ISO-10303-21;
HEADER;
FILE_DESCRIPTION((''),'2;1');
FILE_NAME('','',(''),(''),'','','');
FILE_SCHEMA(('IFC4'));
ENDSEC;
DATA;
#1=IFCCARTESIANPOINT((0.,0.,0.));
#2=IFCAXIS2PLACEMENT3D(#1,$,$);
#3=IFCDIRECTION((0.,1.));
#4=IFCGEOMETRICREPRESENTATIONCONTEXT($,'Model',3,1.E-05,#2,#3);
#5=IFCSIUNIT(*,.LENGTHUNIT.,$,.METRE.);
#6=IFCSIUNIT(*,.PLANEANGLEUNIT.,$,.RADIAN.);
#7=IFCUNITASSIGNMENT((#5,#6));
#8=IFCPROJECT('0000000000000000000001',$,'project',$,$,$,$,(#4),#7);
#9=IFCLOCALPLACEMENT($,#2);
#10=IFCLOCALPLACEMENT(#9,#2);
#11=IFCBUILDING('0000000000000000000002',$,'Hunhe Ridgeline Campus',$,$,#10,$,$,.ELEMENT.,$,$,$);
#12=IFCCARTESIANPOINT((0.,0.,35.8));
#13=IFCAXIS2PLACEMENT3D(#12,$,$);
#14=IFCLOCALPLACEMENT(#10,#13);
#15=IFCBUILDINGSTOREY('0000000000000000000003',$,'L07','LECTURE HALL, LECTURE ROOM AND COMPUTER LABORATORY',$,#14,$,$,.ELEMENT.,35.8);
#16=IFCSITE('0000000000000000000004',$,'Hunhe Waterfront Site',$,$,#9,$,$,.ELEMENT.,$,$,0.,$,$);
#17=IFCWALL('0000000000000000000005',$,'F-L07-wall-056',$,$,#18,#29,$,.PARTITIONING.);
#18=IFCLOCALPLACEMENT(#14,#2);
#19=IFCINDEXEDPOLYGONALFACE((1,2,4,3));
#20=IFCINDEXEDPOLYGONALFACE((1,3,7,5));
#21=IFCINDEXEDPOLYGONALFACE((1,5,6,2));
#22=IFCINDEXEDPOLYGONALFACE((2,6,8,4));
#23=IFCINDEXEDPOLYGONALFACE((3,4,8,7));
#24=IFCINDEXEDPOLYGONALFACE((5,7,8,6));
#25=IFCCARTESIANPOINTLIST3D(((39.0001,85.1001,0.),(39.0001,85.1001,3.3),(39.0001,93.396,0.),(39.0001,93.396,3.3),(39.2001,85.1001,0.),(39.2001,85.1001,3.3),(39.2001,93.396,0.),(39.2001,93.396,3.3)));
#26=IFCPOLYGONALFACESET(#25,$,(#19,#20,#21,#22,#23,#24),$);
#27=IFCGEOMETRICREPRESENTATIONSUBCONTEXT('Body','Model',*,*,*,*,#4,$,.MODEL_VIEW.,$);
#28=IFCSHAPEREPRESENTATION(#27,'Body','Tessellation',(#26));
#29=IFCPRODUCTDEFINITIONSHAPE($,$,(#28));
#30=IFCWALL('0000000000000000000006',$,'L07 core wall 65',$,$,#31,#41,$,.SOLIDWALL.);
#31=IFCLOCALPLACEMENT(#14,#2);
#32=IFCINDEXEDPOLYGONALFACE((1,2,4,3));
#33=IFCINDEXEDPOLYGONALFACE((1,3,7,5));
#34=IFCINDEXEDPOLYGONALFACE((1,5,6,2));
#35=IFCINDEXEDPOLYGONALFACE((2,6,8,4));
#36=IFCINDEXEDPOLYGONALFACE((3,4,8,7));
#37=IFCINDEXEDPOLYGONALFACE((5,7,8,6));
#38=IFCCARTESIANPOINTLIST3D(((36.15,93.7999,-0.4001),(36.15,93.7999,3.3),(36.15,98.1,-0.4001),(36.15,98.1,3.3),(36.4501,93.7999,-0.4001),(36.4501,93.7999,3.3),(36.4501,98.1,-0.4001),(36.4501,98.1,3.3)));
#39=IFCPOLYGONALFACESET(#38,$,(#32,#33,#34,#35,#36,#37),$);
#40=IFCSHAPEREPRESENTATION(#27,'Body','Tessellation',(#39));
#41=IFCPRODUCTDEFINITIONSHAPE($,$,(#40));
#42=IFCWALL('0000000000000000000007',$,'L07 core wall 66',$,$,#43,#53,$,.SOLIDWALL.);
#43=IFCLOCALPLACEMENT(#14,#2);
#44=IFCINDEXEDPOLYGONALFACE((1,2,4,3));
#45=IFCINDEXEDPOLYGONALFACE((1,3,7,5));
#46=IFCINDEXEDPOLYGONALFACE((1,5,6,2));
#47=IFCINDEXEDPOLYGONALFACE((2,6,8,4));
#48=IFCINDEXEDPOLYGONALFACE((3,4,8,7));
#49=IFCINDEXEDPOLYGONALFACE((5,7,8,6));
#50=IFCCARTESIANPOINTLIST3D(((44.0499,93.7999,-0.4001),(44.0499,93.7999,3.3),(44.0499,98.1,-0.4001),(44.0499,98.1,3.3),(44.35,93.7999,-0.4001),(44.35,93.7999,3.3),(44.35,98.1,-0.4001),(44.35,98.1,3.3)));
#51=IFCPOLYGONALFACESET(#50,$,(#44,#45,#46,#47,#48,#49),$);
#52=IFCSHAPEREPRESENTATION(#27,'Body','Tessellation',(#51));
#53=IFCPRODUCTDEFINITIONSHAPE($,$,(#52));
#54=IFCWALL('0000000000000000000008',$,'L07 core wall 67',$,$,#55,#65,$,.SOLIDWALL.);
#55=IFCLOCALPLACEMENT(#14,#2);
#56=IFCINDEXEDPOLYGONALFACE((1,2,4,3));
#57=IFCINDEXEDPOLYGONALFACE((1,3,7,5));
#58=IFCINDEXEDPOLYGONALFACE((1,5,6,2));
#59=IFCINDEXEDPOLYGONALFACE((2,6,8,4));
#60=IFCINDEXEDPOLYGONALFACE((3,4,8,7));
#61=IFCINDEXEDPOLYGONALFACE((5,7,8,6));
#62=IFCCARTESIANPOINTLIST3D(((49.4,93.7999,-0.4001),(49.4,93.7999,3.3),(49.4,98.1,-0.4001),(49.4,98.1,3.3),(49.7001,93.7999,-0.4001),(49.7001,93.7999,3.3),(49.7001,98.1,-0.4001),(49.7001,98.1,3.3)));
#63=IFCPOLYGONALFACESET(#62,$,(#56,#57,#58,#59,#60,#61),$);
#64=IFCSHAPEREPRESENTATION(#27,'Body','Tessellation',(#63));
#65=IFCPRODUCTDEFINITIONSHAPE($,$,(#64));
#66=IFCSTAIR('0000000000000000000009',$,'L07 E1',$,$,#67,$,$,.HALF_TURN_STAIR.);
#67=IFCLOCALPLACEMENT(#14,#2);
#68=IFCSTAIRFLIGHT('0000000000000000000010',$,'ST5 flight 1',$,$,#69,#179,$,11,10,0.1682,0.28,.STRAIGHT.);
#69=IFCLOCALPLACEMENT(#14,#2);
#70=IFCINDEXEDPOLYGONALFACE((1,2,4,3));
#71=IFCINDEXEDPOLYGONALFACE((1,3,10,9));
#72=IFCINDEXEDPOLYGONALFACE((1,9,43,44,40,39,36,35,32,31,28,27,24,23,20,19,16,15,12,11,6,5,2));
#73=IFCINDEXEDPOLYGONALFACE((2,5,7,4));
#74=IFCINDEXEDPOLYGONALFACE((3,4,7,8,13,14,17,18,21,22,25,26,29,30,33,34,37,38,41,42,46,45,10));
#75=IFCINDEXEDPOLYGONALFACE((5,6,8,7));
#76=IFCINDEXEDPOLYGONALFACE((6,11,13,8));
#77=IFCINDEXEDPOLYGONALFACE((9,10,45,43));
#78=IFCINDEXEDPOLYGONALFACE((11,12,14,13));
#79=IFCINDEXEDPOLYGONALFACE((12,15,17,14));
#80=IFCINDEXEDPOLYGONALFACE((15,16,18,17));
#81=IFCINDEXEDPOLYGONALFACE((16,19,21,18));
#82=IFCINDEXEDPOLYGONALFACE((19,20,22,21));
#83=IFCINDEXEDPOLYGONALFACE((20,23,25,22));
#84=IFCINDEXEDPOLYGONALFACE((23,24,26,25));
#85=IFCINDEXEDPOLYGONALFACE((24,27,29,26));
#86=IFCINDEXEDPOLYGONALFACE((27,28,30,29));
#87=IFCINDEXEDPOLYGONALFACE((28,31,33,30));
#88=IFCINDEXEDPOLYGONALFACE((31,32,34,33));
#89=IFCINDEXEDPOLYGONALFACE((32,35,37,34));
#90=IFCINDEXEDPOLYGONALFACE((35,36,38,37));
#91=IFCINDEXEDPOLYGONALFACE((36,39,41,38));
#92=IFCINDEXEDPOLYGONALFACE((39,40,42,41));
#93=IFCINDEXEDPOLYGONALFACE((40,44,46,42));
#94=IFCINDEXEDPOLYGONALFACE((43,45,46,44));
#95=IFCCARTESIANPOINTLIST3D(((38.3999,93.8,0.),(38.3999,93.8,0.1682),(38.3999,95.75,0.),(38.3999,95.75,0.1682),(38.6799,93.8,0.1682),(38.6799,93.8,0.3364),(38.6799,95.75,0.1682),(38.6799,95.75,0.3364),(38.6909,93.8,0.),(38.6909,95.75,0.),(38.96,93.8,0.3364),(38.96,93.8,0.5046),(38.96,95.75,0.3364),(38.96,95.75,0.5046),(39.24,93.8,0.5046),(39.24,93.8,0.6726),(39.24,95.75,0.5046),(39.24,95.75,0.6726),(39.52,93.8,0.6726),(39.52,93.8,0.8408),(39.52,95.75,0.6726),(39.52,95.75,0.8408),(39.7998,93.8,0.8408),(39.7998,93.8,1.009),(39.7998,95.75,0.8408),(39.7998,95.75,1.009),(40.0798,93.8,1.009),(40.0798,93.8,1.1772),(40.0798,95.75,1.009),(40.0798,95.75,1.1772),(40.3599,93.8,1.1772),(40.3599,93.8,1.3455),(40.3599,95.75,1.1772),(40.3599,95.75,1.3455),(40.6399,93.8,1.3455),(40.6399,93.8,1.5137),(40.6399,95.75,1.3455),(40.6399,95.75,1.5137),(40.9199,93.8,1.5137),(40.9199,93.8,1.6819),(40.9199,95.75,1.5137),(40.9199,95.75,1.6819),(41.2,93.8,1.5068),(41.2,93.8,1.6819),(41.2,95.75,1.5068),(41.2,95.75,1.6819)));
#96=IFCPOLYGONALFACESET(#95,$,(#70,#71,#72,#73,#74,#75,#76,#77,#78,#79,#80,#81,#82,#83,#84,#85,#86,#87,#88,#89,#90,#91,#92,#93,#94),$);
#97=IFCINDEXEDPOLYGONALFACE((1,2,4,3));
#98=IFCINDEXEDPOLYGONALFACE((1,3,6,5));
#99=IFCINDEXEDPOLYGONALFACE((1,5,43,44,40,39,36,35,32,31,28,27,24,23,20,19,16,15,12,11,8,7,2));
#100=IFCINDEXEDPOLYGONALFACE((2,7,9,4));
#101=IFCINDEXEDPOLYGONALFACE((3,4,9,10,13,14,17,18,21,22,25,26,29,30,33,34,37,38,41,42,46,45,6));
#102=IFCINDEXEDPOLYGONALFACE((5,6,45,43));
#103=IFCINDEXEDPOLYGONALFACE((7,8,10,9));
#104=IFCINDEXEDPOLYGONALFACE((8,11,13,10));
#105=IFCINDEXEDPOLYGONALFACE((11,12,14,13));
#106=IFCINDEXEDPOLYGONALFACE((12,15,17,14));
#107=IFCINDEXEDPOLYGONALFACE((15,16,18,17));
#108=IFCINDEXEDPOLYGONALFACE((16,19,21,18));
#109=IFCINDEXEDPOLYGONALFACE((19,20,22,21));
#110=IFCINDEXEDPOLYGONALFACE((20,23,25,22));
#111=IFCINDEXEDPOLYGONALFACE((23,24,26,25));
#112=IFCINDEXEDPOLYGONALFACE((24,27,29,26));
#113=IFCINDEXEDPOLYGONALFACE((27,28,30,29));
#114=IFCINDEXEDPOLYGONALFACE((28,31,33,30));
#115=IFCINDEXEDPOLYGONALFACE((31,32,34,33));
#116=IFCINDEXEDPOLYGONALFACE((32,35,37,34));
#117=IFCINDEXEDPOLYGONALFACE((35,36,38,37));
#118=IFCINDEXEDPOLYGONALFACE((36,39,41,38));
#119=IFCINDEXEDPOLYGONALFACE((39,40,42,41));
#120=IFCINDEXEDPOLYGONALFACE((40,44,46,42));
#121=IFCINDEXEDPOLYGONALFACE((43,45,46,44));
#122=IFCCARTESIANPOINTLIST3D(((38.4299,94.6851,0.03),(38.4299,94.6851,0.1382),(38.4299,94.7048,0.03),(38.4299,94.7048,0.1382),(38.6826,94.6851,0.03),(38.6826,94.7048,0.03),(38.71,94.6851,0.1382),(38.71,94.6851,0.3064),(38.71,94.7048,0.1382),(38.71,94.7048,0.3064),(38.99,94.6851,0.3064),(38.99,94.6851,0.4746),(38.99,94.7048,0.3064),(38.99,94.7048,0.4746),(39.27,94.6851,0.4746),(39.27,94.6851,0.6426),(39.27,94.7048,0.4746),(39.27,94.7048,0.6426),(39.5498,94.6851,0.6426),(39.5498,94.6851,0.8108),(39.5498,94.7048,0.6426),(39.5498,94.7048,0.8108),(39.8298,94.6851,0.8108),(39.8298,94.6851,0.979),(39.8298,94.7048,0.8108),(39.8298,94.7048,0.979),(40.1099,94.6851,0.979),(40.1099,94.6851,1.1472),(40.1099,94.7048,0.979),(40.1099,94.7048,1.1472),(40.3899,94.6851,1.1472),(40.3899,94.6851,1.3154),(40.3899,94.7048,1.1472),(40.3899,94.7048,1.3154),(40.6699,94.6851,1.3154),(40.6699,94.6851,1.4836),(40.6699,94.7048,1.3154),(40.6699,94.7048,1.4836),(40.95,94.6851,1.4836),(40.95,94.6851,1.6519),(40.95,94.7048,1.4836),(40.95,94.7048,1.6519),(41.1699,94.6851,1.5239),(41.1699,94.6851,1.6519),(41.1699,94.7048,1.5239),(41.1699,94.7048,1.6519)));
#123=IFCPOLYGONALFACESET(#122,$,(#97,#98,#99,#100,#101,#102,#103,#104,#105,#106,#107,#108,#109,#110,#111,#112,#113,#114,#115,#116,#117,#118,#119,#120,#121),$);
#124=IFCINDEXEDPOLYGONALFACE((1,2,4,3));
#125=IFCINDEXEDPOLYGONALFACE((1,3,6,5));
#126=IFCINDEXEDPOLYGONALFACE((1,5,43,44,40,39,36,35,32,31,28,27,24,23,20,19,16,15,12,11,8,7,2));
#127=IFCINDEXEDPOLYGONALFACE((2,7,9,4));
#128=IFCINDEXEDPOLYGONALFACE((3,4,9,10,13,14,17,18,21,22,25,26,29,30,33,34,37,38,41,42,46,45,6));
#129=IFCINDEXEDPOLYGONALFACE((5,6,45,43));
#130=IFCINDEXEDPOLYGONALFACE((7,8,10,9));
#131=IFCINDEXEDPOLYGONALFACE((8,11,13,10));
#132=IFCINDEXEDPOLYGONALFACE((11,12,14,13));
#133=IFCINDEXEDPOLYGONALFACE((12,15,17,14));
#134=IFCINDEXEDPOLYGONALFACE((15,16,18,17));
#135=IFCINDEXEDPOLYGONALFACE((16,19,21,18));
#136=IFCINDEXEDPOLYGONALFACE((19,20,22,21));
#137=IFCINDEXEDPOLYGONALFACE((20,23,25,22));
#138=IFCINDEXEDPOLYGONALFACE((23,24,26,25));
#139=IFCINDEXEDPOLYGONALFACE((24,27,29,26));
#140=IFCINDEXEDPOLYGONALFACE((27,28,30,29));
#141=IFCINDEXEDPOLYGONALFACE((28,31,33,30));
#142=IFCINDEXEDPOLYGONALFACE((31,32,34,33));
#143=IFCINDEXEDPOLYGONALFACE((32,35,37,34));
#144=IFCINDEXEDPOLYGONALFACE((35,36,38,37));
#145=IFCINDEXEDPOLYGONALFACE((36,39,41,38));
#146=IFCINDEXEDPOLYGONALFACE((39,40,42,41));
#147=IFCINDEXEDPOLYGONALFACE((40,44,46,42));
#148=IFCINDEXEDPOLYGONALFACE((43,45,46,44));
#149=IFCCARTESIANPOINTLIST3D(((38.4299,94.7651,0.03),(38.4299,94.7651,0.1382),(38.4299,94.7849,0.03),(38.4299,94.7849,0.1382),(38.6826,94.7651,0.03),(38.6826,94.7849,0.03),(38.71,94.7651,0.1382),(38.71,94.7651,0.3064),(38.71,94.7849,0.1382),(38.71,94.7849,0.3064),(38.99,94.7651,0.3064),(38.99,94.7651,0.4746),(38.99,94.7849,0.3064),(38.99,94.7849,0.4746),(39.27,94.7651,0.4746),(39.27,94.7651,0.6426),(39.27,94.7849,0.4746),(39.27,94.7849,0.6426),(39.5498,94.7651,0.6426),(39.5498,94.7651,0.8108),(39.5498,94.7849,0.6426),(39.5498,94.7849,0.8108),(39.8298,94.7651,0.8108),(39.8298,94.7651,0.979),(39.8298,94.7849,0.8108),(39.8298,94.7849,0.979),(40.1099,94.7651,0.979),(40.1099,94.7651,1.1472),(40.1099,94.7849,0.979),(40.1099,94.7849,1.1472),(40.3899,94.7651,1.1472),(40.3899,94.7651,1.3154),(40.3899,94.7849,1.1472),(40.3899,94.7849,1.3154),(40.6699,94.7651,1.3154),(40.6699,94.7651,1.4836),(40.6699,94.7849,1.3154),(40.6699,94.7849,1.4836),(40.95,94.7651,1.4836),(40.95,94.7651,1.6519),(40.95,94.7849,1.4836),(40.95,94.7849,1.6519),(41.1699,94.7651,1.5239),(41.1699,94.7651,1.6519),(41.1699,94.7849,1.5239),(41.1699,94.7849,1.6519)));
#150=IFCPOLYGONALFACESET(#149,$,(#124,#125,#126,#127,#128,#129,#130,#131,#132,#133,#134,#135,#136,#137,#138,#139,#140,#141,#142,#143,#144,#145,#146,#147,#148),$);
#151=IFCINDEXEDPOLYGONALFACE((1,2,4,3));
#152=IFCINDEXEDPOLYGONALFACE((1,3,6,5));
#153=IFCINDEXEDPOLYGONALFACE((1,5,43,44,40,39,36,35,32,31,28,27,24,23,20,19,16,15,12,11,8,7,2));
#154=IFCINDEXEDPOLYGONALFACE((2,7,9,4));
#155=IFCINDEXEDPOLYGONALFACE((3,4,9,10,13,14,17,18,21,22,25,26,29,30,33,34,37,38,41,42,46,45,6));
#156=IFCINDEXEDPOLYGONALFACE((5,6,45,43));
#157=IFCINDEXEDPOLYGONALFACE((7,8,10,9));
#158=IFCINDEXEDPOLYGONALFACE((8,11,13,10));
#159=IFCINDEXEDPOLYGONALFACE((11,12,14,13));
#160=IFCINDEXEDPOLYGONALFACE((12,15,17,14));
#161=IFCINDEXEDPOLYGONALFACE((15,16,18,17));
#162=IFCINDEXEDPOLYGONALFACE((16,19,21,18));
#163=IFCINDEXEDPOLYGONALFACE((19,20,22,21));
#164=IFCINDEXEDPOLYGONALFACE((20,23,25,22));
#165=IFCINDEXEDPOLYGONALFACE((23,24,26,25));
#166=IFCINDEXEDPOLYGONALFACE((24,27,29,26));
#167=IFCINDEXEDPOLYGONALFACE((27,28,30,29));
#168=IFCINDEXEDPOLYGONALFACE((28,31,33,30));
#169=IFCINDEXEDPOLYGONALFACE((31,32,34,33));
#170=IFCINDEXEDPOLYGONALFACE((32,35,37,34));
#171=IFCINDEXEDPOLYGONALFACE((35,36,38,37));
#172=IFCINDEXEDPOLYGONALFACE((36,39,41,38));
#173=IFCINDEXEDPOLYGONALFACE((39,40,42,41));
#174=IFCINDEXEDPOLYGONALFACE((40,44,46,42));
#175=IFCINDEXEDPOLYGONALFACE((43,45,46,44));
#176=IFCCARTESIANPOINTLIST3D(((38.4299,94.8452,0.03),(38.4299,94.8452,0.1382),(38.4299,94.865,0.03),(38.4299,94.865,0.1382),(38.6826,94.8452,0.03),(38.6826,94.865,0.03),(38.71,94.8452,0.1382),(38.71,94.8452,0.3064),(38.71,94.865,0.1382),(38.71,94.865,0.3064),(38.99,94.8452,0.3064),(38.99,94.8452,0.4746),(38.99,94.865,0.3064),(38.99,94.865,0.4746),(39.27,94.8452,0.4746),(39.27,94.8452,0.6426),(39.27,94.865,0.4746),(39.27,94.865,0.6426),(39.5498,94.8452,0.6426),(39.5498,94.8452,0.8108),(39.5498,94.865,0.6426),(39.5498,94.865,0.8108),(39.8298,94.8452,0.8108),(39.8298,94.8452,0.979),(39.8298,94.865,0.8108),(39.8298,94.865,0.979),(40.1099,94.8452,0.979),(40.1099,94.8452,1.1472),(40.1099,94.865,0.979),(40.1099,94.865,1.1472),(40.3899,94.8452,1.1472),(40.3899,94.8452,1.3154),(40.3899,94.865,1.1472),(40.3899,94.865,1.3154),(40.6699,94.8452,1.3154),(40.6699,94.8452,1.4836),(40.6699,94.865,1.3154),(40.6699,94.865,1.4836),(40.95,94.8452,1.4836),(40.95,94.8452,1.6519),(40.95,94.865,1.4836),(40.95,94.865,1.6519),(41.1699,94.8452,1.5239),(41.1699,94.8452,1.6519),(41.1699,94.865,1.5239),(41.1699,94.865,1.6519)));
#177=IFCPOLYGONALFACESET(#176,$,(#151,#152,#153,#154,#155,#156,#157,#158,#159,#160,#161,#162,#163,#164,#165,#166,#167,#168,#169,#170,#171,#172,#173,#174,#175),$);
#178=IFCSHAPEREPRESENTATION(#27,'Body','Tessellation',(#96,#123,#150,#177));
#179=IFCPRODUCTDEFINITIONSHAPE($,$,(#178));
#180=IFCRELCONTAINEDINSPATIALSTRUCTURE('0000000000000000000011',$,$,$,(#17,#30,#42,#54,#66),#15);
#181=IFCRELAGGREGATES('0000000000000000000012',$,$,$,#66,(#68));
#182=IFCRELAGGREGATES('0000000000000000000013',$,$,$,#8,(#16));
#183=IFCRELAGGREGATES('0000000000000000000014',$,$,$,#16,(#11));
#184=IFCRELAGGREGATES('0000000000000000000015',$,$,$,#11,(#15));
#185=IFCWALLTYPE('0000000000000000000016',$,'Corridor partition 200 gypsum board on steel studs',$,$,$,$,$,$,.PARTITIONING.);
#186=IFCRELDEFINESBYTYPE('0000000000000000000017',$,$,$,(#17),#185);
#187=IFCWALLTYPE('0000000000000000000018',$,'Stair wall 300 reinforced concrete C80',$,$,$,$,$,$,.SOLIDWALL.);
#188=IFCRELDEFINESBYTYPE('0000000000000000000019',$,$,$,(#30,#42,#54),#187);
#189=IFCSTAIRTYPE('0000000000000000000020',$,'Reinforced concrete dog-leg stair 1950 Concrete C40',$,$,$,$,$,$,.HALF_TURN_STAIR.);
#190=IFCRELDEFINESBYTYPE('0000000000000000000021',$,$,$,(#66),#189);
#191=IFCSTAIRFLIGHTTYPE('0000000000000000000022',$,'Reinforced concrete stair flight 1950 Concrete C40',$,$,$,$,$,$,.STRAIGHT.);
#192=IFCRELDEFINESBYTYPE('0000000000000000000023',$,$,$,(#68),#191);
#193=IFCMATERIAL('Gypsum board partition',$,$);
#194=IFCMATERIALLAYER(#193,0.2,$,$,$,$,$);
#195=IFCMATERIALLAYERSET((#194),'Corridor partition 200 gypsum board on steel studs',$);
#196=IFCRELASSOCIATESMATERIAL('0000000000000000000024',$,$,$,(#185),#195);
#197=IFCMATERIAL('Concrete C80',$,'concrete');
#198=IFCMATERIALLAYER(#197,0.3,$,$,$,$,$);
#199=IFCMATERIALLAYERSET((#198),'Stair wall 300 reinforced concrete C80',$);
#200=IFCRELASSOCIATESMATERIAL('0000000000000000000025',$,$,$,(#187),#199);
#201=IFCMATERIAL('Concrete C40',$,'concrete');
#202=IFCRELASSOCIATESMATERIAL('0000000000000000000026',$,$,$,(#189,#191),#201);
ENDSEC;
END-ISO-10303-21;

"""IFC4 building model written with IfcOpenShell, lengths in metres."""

from ifc_helpers import new_model, si_unit, direction, frame, frame_2d, origin, place, context, subcontext, project, spatial, polyline, rectangle, outline, extrude, material, layer, layer_set, type_object, element, aggregate, save


model = new_model("IFC4")

# Units and contexts
model_context = context("Model", 3, precision=1e-05, world=origin(), true_north=direction((0.0, 1.0)))
body_context = subcontext(model_context, "Body", "Model", "MODEL_VIEW")
ifc_project = project(units=[si_unit("LENGTHUNIT", "METRE"), si_unit("PLANEANGLEUNIT", "RADIAN")], contexts=[model_context])

# Site, building, storey
site_placement = place(None, origin())
site = spatial("IfcSite", under=ifc_project, at=site_placement, Name="Hunhe Waterfront Site", CompositionType="ELEMENT", RefElevation=0.0)
building_placement = place(site_placement, origin())
building = spatial("IfcBuilding", under=site, at=building_placement, Name="Hunhe Ridgeline Campus", CompositionType="ELEMENT")
storey_placement = place(building_placement, frame((0.0, 0.0, 35.8)))
storey = spatial("IfcBuildingStorey", under=building, at=storey_placement, Name="L07", Description="LECTURE HALL, LECTURE ROOM AND COMPUTER LABORATORY", CompositionType="ELEMENT", Elevation=35.8)

# Wall
ifc_material_1 = material(Name="Gypsum board partition")
ifc_layer_1 = layer(ifc_material_1, 0.2)
ifc_layer_set_1 = layer_set([ifc_layer_1], Name="Corridor partition 200 gypsum board on steel studs")
wall_type_1 = type_object("IfcWallType", Name="Corridor partition 200 gypsum board on steel studs", PredefinedType="PARTITIONING", material=ifc_layer_set_1)
wall_1_placement = place(storey_placement, frame((39.1001, 93.396, 0.0), z_axis=(0.0, 0.0, 1.0), x_axis=(0.0, -1.0, 0.0)))
element("IfcWall", 1, at=wall_1_placement, inside=storey, type_object=wall_type_1, Name="F-L07-wall-056", PredefinedType="PARTITIONING", context=body_context, shape_type="SweptSolid", body=[
    extrude(rectangle(XDim=8.2959, YDim=0.2, at=frame_2d((4.1479, 0.0))), origin(), (0.0, 0.0, 1.0), 3.3),
])

# Shared definitions
ifc_material_2 = material(Name="Concrete C80", Category="concrete")
ifc_layer_2 = layer(ifc_material_2, 0.3)
ifc_layer_set_2 = layer_set([ifc_layer_2], Name="Stair wall 300 reinforced concrete C80")
wall_type_2 = type_object("IfcWallType", Name="Stair wall 300 reinforced concrete C80", PredefinedType="SOLIDWALL", material=ifc_layer_set_2)

# Walls
for number, where, z_axis, x_axis, name in (
    (2, (36.3, 93.8, -0.4001), (0.0, 0.0, 1.0), (0.0, 1.0, 0.0), "L07 core wall 65"),
    (3, (44.2, 93.8, -0.4001), (0.0, 0.0, 1.0), (0.0, 1.0, 0.0), "L07 core wall 66"),
    (4, (49.55, 93.8, -0.4001), (0.0, 0.0, 1.0), (0.0, 1.0, 0.0), "L07 core wall 67"),
):
    element("IfcWall", number, at=place(storey_placement, frame(where, z_axis=z_axis, x_axis=x_axis)), inside=storey, type_object=wall_type_2, Name=name, PredefinedType="SOLIDWALL", context=body_context, shape_type="SweptSolid", body=[
        extrude(rectangle(XDim=4.3, YDim=0.3, at=frame_2d((2.1499, 0.0))), origin(), (0.0, 0.0, 1.0), 3.7002),
    ])

# Stair, stair flight
ifc_material_3 = material(Name="Concrete C40", Category="concrete")
stair_type = type_object("IfcStairType", Name="Reinforced concrete dog-leg stair 1950 Concrete C40", PredefinedType="HALF_TURN_STAIR", material=ifc_material_3)
stair_1_placement = place(storey_placement, origin())
stair_1 = element("IfcStair", 5, at=stair_1_placement, inside=storey, type_object=stair_type, Name="L07 E1", PredefinedType="HALF_TURN_STAIR")
stair_flight_type = type_object("IfcStairFlightType", Name="Reinforced concrete stair flight 1950 Concrete C40", PredefinedType="STRAIGHT", material=ifc_material_3)
stair_flight_1_placement = place(storey_placement, frame((38.3999, 94.7749, 0.0), z_axis=(0.0, 0.0, 1.0), x_axis=(1.0, 0.0, 0.0)))
stair_flight_1 = element("IfcStairFlight", 6, at=stair_flight_1_placement, type_object=stair_flight_type, Name="ST5 flight 1", NumberOfRisers=11, NumberOfTreads=10, PredefinedType="STRAIGHT", RiserHeight=0.1682, TreadLength=0.28, context=body_context, shape_type="SweptSolid", body=[
    extrude(outline(polyline([(0.0, 0.0), (0.0, 0.1682), (0.28, 0.1682), (0.28, 0.3364), (0.5601, 0.3364), (0.5601, 0.5046), (0.8401, 0.5046), (0.8401, 0.6726), (1.1201, 0.6726), (1.1201, 0.8408), (1.3999, 0.8408), (1.3999, 1.009), (1.6799, 1.009), (1.6799, 1.1772), (1.96, 1.1772), (1.96, 1.3455), (2.24, 1.3455), (2.24, 1.5137), (2.52, 1.5137), (2.52, 1.6819), (2.8, 1.6819), (2.8, 1.8501), (2.8, 1.5068), (0.291, 0.0), (0.0, 0.0)])), frame((0.0, 0.9751, 0.0), z_axis=(0.0, -1.0, 0.0), x_axis=(1.0, 0.0, 0.0)), (0.0, 0.0, 1.0), 1.95),
    extrude(outline(polyline([(0.03, 0.03), (0.03, 0.1382), (0.3101, 0.1382), (0.3101, 0.3064), (0.5901, 0.3064), (0.5901, 0.4746), (0.8701, 0.4746), (0.8701, 0.6426), (1.1499, 0.6426), (1.1499, 0.8108), (1.4299, 0.8108), (1.4299, 0.979), (1.71, 0.979), (1.71, 1.1472), (1.99, 1.1472), (1.99, 1.3154), (2.27, 1.3154), (2.27, 1.4836), (2.55, 1.4836), (2.55, 1.6519), (2.77, 1.6519), (2.77, 1.5239), (0.2827, 0.03), (0.03, 0.03)])), frame((0.0, -0.0701, 0.0), z_axis=(0.0, -1.0, 0.0), x_axis=(1.0, 0.0, 0.0)), (0.0, 0.0, 1.0), 0.0198),
    extrude(outline(polyline([(0.03, 0.03), (0.03, 0.1382), (0.3101, 0.1382), (0.3101, 0.3064), (0.5901, 0.3064), (0.5901, 0.4746), (0.8701, 0.4746), (0.8701, 0.6426), (1.1499, 0.6426), (1.1499, 0.8108), (1.4299, 0.8108), (1.4299, 0.979), (1.71, 0.979), (1.71, 1.1472), (1.99, 1.1472), (1.99, 1.3154), (2.27, 1.3154), (2.27, 1.4836), (2.55, 1.4836), (2.55, 1.6519), (2.77, 1.6519), (2.77, 1.5239), (0.2827, 0.03), (0.03, 0.03)])), frame((0.0, 0.01, 0.0), z_axis=(0.0, -1.0, 0.0), x_axis=(1.0, 0.0, 0.0)), (0.0, 0.0, 1.0), 0.0198),
    extrude(outline(polyline([(0.03, 0.03), (0.03, 0.1382), (0.3101, 0.1382), (0.3101, 0.3064), (0.5901, 0.3064), (0.5901, 0.4746), (0.8701, 0.4746), (0.8701, 0.6426), (1.1499, 0.6426), (1.1499, 0.8108), (1.4299, 0.8108), (1.4299, 0.979), (1.71, 0.979), (1.71, 1.1472), (1.99, 1.1472), (1.99, 1.3154), (2.27, 1.3154), (2.27, 1.4836), (2.55, 1.4836), (2.55, 1.6519), (2.77, 1.6519), (2.77, 1.5239), (0.2827, 0.03), (0.03, 0.03)])), frame((0.0, 0.0901, 0.0), z_axis=(0.0, -1.0, 0.0), x_axis=(1.0, 0.0, 0.0)), (0.0, 0.0, 1.0), 0.0198),
])
aggregate(stair_1, [stair_flight_1])

save(model, "model.ifc")
